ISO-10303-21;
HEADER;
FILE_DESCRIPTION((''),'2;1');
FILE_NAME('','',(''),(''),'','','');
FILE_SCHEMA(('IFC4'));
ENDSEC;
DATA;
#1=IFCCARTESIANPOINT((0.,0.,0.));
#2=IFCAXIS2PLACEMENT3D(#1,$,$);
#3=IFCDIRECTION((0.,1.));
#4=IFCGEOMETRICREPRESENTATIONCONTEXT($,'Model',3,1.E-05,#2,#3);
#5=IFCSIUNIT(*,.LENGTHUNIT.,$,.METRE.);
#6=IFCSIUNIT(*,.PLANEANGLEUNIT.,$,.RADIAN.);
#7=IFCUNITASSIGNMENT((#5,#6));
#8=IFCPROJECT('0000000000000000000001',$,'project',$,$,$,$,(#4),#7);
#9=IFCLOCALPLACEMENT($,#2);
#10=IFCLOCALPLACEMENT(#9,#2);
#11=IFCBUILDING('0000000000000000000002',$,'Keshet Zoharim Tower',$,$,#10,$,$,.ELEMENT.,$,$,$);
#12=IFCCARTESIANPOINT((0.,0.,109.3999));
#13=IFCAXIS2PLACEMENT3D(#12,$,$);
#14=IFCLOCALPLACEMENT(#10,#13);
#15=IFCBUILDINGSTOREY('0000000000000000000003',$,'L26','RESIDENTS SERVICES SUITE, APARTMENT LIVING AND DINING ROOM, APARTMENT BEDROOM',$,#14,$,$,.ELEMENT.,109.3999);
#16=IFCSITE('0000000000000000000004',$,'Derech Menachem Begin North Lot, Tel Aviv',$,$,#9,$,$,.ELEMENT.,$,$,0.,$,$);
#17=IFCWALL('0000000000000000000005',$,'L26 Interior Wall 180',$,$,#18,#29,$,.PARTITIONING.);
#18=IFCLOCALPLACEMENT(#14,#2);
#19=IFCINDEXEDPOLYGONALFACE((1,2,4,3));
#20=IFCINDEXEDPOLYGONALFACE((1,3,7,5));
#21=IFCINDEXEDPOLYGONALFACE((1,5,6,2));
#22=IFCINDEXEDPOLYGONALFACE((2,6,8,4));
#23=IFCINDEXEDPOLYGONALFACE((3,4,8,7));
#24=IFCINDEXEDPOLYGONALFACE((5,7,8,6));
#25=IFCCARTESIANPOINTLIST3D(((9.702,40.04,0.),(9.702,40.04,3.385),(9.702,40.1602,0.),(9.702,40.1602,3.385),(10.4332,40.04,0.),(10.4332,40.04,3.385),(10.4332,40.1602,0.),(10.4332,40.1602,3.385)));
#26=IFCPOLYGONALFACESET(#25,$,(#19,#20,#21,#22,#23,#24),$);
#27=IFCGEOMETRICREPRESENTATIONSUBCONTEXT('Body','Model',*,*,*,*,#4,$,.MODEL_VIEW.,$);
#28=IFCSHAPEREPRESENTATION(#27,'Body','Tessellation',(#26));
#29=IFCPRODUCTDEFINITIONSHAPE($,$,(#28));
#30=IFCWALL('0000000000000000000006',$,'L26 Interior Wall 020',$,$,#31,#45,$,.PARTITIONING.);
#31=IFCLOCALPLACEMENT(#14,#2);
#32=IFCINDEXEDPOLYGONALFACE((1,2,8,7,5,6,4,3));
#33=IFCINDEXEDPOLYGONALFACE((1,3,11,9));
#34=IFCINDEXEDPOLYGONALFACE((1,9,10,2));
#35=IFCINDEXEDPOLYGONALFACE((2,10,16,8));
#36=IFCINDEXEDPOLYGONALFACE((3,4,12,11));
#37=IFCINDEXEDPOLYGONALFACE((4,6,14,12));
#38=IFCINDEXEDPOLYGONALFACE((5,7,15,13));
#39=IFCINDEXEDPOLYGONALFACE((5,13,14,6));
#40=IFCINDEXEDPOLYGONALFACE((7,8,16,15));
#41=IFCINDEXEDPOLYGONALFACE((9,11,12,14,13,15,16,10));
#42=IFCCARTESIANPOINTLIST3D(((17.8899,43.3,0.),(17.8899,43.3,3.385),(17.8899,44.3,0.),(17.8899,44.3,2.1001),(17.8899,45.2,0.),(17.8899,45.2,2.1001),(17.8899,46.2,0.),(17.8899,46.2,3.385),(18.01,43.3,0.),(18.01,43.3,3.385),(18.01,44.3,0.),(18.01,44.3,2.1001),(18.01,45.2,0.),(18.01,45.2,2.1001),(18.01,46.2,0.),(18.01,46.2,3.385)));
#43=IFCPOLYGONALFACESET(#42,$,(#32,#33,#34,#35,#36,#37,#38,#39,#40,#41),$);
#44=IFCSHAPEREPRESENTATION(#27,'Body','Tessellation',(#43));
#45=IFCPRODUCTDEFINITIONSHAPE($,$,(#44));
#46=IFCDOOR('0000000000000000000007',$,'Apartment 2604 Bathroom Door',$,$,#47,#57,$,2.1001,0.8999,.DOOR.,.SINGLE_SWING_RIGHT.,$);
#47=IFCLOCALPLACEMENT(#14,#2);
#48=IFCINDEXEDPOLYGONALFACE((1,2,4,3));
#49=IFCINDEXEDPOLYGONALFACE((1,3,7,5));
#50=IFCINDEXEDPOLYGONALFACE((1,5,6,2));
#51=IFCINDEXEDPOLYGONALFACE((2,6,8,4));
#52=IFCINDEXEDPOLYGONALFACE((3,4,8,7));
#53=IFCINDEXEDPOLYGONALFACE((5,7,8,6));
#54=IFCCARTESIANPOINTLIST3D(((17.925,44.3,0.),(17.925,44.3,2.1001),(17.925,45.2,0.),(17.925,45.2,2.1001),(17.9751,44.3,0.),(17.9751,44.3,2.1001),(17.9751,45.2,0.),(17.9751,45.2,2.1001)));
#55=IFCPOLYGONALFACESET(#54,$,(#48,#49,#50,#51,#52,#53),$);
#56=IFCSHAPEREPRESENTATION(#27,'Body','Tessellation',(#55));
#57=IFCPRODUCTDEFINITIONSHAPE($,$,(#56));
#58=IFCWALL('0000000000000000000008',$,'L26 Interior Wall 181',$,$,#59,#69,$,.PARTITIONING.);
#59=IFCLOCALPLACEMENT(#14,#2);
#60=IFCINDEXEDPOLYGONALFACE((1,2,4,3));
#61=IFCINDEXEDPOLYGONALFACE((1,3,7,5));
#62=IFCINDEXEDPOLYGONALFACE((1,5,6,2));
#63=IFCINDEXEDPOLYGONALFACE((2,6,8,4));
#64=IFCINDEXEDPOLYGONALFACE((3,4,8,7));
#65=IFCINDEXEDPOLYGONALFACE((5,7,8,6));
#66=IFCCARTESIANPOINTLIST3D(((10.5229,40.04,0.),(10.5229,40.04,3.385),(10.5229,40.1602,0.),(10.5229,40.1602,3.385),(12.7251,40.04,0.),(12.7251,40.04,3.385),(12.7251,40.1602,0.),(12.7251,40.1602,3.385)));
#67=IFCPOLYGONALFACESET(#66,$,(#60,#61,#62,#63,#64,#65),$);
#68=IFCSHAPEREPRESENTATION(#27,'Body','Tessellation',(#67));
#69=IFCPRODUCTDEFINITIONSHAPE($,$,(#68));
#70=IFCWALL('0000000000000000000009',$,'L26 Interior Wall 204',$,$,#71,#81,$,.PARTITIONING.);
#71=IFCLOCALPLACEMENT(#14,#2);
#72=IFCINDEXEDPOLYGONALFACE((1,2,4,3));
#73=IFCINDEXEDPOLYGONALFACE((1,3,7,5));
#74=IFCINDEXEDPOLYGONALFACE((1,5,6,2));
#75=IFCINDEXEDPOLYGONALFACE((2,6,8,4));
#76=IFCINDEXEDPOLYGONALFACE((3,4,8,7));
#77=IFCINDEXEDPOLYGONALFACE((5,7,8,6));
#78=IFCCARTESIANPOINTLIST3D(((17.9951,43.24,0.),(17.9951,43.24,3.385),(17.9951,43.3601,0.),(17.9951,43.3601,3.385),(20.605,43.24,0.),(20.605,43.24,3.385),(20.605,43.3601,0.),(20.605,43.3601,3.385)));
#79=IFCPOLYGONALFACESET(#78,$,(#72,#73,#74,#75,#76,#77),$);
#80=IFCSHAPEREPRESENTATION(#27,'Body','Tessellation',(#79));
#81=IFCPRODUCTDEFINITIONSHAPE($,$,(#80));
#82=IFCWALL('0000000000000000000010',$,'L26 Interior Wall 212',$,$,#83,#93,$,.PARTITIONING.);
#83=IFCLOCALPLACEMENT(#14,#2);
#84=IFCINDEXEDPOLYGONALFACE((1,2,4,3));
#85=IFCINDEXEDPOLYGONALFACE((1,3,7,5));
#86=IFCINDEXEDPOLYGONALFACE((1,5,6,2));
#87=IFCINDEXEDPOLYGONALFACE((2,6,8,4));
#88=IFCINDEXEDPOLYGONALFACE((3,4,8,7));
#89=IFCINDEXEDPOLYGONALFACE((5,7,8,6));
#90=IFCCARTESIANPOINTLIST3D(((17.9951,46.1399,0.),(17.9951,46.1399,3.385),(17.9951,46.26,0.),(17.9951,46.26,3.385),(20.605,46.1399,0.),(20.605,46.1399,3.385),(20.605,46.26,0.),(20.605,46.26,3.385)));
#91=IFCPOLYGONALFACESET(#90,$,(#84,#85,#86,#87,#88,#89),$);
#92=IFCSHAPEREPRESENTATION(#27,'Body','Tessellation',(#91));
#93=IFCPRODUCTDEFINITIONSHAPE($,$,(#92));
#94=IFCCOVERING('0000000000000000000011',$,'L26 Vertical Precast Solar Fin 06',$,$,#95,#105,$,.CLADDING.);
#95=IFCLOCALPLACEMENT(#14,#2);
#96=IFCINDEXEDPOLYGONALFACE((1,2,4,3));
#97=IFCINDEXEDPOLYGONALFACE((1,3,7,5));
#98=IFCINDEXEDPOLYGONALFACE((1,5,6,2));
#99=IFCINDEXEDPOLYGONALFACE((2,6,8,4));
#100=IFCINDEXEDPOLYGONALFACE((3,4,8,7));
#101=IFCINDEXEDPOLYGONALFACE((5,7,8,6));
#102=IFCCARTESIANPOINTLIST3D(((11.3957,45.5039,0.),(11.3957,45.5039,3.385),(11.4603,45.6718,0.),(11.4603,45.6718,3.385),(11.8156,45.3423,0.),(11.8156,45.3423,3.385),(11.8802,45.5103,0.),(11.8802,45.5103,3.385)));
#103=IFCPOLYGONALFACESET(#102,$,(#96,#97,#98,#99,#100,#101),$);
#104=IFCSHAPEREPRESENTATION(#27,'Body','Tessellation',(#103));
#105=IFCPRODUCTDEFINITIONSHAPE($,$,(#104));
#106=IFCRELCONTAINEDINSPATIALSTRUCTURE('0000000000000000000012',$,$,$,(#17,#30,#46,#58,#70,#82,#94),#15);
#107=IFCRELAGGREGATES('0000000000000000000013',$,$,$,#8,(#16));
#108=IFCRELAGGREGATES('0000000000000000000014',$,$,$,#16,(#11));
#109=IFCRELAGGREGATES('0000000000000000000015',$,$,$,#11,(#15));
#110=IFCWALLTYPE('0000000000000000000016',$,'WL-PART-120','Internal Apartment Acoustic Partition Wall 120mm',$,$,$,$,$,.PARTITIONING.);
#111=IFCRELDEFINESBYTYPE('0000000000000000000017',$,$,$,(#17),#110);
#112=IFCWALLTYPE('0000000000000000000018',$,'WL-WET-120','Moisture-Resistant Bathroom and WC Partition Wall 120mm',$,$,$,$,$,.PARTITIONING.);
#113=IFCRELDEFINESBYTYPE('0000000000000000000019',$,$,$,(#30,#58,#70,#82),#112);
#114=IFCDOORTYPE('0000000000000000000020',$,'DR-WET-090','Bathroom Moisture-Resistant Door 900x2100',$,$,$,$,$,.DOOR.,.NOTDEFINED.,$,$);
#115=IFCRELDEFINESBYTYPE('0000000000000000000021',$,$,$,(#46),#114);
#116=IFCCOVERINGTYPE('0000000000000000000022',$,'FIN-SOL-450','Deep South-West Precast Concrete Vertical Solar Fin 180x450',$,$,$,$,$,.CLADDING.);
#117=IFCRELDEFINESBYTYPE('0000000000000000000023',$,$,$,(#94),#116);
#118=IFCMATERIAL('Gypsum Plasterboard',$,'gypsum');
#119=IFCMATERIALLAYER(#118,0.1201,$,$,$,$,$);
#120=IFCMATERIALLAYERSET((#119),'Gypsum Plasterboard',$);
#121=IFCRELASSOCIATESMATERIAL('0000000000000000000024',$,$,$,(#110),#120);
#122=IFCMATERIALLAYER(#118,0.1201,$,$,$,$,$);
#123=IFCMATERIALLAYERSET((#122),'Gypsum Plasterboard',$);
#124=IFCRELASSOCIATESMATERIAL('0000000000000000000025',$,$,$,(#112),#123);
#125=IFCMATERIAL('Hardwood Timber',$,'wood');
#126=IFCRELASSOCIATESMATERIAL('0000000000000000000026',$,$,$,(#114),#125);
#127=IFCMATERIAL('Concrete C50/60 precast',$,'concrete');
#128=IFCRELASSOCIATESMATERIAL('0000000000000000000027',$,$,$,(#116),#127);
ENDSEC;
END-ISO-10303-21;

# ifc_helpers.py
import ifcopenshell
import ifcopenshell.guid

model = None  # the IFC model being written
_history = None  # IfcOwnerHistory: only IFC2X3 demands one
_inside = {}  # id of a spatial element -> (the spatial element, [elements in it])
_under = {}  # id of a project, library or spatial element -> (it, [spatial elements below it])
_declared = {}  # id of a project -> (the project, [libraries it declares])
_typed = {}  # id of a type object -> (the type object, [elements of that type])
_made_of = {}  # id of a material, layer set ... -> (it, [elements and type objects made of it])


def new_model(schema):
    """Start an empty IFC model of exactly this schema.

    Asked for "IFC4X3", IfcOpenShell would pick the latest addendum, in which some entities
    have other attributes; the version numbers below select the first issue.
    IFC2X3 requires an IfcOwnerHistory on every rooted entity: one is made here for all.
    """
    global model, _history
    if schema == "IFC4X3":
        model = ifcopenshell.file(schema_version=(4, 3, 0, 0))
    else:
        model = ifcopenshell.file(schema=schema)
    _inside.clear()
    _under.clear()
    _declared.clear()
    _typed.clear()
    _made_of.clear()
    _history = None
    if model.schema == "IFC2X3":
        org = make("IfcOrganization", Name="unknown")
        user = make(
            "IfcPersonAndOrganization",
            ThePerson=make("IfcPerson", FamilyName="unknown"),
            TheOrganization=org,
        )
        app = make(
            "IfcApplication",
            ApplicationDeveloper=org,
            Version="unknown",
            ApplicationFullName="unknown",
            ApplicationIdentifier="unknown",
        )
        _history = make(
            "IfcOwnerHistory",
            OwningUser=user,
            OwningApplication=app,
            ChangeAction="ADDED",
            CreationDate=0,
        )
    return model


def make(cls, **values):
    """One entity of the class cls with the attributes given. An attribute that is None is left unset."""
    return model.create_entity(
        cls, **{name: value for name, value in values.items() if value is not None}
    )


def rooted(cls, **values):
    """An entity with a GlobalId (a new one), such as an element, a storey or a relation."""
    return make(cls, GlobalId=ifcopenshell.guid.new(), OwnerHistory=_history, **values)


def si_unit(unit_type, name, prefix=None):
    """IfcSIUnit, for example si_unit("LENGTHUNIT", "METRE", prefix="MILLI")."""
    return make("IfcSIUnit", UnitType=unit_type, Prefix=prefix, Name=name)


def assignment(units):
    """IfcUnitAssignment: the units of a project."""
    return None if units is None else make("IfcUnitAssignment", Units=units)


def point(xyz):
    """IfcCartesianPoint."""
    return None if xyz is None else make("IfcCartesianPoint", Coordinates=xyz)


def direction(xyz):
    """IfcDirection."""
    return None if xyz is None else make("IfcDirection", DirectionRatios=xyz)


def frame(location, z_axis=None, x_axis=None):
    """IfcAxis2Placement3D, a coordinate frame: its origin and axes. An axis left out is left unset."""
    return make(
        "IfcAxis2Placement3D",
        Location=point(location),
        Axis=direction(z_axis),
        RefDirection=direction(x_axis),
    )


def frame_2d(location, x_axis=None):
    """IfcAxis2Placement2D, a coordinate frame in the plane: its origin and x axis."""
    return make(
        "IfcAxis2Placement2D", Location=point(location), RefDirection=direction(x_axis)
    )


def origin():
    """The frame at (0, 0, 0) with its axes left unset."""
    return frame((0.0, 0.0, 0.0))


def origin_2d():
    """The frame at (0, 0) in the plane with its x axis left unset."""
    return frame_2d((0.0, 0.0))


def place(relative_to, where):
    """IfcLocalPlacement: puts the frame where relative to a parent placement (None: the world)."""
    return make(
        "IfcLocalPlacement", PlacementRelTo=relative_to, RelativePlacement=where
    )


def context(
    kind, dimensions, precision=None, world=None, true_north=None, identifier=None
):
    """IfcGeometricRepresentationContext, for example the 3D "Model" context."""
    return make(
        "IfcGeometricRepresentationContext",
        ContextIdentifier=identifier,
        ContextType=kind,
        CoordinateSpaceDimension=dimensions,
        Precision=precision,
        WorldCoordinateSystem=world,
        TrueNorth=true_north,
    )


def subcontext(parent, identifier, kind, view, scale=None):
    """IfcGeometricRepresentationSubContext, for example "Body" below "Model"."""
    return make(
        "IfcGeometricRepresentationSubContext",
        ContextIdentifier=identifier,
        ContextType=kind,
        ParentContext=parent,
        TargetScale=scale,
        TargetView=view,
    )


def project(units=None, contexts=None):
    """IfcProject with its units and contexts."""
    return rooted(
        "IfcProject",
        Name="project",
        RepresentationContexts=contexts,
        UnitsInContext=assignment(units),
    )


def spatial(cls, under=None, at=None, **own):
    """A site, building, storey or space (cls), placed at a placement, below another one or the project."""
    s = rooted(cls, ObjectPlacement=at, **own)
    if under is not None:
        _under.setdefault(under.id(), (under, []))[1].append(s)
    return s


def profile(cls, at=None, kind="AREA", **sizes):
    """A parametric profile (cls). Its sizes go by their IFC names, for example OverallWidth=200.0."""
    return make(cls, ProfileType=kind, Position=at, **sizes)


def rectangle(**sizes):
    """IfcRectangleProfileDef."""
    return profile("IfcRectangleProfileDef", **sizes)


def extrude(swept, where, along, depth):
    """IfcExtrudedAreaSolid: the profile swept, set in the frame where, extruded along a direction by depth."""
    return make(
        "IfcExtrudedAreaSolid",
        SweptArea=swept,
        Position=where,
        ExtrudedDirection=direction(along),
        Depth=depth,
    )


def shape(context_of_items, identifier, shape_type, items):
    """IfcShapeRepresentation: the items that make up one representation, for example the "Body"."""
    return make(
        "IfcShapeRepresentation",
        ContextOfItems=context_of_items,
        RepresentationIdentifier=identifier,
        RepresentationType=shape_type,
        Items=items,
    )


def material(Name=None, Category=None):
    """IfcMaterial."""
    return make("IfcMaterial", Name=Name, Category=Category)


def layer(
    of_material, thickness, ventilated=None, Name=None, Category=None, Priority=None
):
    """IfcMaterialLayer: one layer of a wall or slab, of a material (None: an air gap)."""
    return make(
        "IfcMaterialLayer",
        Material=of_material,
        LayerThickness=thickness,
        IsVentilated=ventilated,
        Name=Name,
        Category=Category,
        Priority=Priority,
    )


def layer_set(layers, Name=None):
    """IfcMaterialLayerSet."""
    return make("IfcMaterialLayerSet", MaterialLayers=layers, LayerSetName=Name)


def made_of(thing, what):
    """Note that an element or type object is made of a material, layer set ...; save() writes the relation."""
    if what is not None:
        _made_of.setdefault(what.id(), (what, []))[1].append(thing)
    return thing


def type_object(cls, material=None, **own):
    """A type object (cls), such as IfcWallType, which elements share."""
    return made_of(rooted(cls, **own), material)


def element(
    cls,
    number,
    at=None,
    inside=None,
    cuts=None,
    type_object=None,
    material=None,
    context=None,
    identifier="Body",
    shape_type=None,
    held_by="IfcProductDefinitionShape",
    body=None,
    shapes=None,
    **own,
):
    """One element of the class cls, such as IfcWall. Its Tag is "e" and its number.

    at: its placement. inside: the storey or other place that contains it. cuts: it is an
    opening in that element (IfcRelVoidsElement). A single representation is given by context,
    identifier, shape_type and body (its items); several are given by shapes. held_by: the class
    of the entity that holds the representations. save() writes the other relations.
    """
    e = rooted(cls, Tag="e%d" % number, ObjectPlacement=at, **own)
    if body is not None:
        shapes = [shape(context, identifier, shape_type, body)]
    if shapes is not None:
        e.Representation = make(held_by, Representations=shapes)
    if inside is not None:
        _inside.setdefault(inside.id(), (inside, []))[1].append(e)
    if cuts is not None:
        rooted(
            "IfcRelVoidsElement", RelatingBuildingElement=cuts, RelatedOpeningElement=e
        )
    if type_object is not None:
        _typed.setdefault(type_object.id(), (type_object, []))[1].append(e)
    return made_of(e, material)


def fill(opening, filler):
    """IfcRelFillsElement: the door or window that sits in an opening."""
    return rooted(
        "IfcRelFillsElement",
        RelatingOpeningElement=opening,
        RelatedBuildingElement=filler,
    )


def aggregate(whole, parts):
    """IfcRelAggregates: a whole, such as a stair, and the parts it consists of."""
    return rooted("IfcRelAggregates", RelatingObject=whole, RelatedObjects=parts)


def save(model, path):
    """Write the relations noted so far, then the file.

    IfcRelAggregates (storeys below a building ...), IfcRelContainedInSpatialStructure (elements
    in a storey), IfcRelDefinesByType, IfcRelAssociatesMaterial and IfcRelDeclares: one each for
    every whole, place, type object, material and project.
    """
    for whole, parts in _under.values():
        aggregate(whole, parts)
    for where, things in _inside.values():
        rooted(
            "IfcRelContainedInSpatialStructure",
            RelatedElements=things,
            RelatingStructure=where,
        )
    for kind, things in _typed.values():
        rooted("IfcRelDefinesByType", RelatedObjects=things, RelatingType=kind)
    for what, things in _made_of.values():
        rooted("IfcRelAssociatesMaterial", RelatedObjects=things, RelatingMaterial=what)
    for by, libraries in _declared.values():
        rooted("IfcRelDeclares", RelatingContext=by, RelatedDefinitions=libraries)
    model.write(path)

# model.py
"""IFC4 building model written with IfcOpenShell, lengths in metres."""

from ifc_helpers import new_model, si_unit, direction, frame, frame_2d, origin, origin_2d, place, context, subcontext, project, spatial, rectangle, extrude, material, layer, layer_set, type_object, element, fill, save


model = new_model("IFC4")

# Units and contexts
model_context = context("Model", 3, precision=1e-05, world=origin(), true_north=direction((0.0, 1.0)))
body_context = subcontext(model_context, "Body", "Model", "MODEL_VIEW")
ifc_project = project(units=[si_unit("LENGTHUNIT", "METRE"), si_unit("PLANEANGLEUNIT", "RADIAN")], contexts=[model_context])

# Site, building, storey
site_placement = place(None, origin())
site = spatial("IfcSite", under=ifc_project, at=site_placement, Name="Derech Menachem Begin North Lot, Tel Aviv", CompositionType="ELEMENT", RefElevation=0.0)
building_placement = place(site_placement, origin())
building = spatial("IfcBuilding", under=site, at=building_placement, Name="Keshet Zoharim Tower", CompositionType="ELEMENT")
storey_placement = place(building_placement, frame((0.0, 0.0, 109.3999)))
storey = spatial("IfcBuildingStorey", under=building, at=storey_placement, Name="L26", Description="RESIDENTS SERVICES SUITE, APARTMENT LIVING AND DINING ROOM, APARTMENT BEDROOM", CompositionType="ELEMENT", Elevation=109.3999)

# Shared definitions
ifc_material_1 = material(Name="Gypsum Plasterboard", Category="gypsum")
ifc_material_2 = material(Name="Hardwood Timber", Category="wood")

# Wall
ifc_layer_1 = layer(ifc_material_1, 0.1201)
ifc_layer_set_1 = layer_set([ifc_layer_1], Name="Gypsum Plasterboard")
wall_type_1 = type_object("IfcWallType", Name="WL-PART-120", Description="Internal Apartment Acoustic Partition Wall 120mm", PredefinedType="PARTITIONING", material=ifc_layer_set_1)
wall_1_placement = place(storey_placement, frame((9.7019, 40.1001, 0.0), z_axis=(0.0, 0.0, 1.0), x_axis=(1.0, 0.0, 0.0)))
element("IfcWall", 1, at=wall_1_placement, inside=storey, type_object=wall_type_1, Name="L26 Interior Wall 180", PredefinedType="PARTITIONING", context=body_context, shape_type="SweptSolid", body=[
    extrude(rectangle(XDim=0.7312, YDim=0.1201, at=frame_2d((0.3657, 0.0))), origin(), (0.0, 0.0, 1.0), 3.385),
])

# Wall, opening, door
ifc_layer_2 = layer(ifc_material_1, 0.1201)
ifc_layer_set_2 = layer_set([ifc_layer_2], Name="Gypsum Plasterboard")
wall_type_2 = type_object("IfcWallType", Name="WL-WET-120", Description="Moisture-Resistant Bathroom and WC Partition Wall 120mm", PredefinedType="PARTITIONING", material=ifc_layer_set_2)
wall_2_placement = place(storey_placement, frame((17.95, 43.3, 0.0), z_axis=(0.0, 0.0, 1.0), x_axis=(0.0, 1.0, 0.0)))
wall_2 = element("IfcWall", 2, at=wall_2_placement, inside=storey, type_object=wall_type_2, Name="L26 Interior Wall 020", PredefinedType="PARTITIONING", context=body_context, shape_type="SweptSolid", body=[
    extrude(rectangle(XDim=2.8999, YDim=0.1201, at=frame_2d((1.45, 0.0))), origin(), (0.0, 0.0, 1.0), 3.385),
])
opening_1_placement = place(wall_2_placement, frame((1.0, 0.0, 0.0)))
opening_1 = element("IfcOpeningElement", 3, at=opening_1_placement, cuts=wall_2, PredefinedType="OPENING", context=body_context, shape_type="SweptSolid", body=[
    extrude(rectangle(XDim=0.8999, YDim=2.1001, at=frame_2d((0.45, 1.05))), frame((0.0, 0.0701, 0.0), z_axis=(0.0, -1.0, 0.0), x_axis=(1.0, 0.0, 0.0)), (0.0, 0.0, 1.0), 0.1401),
])
door_type_1 = type_object("IfcDoorType", Name="DR-WET-090", Description="Bathroom Moisture-Resistant Door 900x2100", OperationType="NOTDEFINED", PredefinedType="DOOR", material=ifc_material_2)
door_1_placement = place(opening_1_placement, origin())
door_1 = element("IfcDoor", 4, at=door_1_placement, inside=storey, type_object=door_type_1, Name="Apartment 2604 Bathroom Door", OperationType="SINGLE_SWING_RIGHT", OverallHeight=2.1001, OverallWidth=0.8999, PredefinedType="DOOR", context=body_context, shape_type="SweptSolid", body=[
    extrude(rectangle(XDim=0.8999, YDim=2.1001, at=frame_2d((0.45, 1.05))), frame((0.0, 0.0249, 0.0), z_axis=(0.0, -1.0, 0.0), x_axis=(1.0, 0.0, 0.0)), (0.0, 0.0, 1.0), 0.05),
])
fill(opening_1, door_1)

# Walls
wall_3_placement = place(storey_placement, frame((10.5229, 40.1001, 0.0), z_axis=(0.0, 0.0, 1.0), x_axis=(1.0, 0.0, 0.0)))
element("IfcWall", 5, at=wall_3_placement, inside=storey, type_object=wall_type_2, Name="L26 Interior Wall 181", PredefinedType="PARTITIONING", context=body_context, shape_type="SweptSolid", body=[
    extrude(rectangle(XDim=2.2021, YDim=0.1201, at=frame_2d((1.1011, 0.0))), origin(), (0.0, 0.0, 1.0), 3.385),
])
for number, where, z_axis, x_axis, name in (
    (6, (17.9951, 43.3, 0.0), (0.0, 0.0, 1.0), (1.0, 0.0, 0.0), "L26 Interior Wall 204"),
    (7, (17.9951, 46.2, 0.0), (0.0, 0.0, 1.0), (1.0, 0.0, 0.0), "L26 Interior Wall 212"),
):
    element("IfcWall", number, at=place(storey_placement, frame(where, z_axis=z_axis, x_axis=x_axis)), inside=storey, type_object=wall_type_2, Name=name, PredefinedType="PARTITIONING", context=body_context, shape_type="SweptSolid", body=[
        extrude(rectangle(XDim=2.6099, YDim=0.1201, at=frame_2d((1.3049, 0.0))), origin(), (0.0, 0.0, 1.0), 3.385),
    ])

# Covering
ifc_material_3 = material(Name="Concrete C50/60 precast", Category="concrete")
covering_type = type_object("IfcCoveringType", Name="FIN-SOL-450", Description="Deep South-West Precast Concrete Vertical Solar Fin 180x450", PredefinedType="CLADDING", material=ifc_material_3)
covering_placement = place(storey_placement, frame((11.6379, 45.5071, 0.0), z_axis=(0.0, 0.0, 1.0), x_axis=(0.35899, 0.933341, 0.0)))
element("IfcCovering", 8, at=covering_placement, inside=storey, type_object=covering_type, Name="L26 Vertical Precast Solar Fin 06", PredefinedType="CLADDING", context=body_context, shape_type="SweptSolid", body=[
    extrude(rectangle(XDim=0.1799, YDim=0.45, at=origin_2d()), origin(), (0.0, 0.0, 1.0), 3.385),
])

save(model, "model.ifc")
